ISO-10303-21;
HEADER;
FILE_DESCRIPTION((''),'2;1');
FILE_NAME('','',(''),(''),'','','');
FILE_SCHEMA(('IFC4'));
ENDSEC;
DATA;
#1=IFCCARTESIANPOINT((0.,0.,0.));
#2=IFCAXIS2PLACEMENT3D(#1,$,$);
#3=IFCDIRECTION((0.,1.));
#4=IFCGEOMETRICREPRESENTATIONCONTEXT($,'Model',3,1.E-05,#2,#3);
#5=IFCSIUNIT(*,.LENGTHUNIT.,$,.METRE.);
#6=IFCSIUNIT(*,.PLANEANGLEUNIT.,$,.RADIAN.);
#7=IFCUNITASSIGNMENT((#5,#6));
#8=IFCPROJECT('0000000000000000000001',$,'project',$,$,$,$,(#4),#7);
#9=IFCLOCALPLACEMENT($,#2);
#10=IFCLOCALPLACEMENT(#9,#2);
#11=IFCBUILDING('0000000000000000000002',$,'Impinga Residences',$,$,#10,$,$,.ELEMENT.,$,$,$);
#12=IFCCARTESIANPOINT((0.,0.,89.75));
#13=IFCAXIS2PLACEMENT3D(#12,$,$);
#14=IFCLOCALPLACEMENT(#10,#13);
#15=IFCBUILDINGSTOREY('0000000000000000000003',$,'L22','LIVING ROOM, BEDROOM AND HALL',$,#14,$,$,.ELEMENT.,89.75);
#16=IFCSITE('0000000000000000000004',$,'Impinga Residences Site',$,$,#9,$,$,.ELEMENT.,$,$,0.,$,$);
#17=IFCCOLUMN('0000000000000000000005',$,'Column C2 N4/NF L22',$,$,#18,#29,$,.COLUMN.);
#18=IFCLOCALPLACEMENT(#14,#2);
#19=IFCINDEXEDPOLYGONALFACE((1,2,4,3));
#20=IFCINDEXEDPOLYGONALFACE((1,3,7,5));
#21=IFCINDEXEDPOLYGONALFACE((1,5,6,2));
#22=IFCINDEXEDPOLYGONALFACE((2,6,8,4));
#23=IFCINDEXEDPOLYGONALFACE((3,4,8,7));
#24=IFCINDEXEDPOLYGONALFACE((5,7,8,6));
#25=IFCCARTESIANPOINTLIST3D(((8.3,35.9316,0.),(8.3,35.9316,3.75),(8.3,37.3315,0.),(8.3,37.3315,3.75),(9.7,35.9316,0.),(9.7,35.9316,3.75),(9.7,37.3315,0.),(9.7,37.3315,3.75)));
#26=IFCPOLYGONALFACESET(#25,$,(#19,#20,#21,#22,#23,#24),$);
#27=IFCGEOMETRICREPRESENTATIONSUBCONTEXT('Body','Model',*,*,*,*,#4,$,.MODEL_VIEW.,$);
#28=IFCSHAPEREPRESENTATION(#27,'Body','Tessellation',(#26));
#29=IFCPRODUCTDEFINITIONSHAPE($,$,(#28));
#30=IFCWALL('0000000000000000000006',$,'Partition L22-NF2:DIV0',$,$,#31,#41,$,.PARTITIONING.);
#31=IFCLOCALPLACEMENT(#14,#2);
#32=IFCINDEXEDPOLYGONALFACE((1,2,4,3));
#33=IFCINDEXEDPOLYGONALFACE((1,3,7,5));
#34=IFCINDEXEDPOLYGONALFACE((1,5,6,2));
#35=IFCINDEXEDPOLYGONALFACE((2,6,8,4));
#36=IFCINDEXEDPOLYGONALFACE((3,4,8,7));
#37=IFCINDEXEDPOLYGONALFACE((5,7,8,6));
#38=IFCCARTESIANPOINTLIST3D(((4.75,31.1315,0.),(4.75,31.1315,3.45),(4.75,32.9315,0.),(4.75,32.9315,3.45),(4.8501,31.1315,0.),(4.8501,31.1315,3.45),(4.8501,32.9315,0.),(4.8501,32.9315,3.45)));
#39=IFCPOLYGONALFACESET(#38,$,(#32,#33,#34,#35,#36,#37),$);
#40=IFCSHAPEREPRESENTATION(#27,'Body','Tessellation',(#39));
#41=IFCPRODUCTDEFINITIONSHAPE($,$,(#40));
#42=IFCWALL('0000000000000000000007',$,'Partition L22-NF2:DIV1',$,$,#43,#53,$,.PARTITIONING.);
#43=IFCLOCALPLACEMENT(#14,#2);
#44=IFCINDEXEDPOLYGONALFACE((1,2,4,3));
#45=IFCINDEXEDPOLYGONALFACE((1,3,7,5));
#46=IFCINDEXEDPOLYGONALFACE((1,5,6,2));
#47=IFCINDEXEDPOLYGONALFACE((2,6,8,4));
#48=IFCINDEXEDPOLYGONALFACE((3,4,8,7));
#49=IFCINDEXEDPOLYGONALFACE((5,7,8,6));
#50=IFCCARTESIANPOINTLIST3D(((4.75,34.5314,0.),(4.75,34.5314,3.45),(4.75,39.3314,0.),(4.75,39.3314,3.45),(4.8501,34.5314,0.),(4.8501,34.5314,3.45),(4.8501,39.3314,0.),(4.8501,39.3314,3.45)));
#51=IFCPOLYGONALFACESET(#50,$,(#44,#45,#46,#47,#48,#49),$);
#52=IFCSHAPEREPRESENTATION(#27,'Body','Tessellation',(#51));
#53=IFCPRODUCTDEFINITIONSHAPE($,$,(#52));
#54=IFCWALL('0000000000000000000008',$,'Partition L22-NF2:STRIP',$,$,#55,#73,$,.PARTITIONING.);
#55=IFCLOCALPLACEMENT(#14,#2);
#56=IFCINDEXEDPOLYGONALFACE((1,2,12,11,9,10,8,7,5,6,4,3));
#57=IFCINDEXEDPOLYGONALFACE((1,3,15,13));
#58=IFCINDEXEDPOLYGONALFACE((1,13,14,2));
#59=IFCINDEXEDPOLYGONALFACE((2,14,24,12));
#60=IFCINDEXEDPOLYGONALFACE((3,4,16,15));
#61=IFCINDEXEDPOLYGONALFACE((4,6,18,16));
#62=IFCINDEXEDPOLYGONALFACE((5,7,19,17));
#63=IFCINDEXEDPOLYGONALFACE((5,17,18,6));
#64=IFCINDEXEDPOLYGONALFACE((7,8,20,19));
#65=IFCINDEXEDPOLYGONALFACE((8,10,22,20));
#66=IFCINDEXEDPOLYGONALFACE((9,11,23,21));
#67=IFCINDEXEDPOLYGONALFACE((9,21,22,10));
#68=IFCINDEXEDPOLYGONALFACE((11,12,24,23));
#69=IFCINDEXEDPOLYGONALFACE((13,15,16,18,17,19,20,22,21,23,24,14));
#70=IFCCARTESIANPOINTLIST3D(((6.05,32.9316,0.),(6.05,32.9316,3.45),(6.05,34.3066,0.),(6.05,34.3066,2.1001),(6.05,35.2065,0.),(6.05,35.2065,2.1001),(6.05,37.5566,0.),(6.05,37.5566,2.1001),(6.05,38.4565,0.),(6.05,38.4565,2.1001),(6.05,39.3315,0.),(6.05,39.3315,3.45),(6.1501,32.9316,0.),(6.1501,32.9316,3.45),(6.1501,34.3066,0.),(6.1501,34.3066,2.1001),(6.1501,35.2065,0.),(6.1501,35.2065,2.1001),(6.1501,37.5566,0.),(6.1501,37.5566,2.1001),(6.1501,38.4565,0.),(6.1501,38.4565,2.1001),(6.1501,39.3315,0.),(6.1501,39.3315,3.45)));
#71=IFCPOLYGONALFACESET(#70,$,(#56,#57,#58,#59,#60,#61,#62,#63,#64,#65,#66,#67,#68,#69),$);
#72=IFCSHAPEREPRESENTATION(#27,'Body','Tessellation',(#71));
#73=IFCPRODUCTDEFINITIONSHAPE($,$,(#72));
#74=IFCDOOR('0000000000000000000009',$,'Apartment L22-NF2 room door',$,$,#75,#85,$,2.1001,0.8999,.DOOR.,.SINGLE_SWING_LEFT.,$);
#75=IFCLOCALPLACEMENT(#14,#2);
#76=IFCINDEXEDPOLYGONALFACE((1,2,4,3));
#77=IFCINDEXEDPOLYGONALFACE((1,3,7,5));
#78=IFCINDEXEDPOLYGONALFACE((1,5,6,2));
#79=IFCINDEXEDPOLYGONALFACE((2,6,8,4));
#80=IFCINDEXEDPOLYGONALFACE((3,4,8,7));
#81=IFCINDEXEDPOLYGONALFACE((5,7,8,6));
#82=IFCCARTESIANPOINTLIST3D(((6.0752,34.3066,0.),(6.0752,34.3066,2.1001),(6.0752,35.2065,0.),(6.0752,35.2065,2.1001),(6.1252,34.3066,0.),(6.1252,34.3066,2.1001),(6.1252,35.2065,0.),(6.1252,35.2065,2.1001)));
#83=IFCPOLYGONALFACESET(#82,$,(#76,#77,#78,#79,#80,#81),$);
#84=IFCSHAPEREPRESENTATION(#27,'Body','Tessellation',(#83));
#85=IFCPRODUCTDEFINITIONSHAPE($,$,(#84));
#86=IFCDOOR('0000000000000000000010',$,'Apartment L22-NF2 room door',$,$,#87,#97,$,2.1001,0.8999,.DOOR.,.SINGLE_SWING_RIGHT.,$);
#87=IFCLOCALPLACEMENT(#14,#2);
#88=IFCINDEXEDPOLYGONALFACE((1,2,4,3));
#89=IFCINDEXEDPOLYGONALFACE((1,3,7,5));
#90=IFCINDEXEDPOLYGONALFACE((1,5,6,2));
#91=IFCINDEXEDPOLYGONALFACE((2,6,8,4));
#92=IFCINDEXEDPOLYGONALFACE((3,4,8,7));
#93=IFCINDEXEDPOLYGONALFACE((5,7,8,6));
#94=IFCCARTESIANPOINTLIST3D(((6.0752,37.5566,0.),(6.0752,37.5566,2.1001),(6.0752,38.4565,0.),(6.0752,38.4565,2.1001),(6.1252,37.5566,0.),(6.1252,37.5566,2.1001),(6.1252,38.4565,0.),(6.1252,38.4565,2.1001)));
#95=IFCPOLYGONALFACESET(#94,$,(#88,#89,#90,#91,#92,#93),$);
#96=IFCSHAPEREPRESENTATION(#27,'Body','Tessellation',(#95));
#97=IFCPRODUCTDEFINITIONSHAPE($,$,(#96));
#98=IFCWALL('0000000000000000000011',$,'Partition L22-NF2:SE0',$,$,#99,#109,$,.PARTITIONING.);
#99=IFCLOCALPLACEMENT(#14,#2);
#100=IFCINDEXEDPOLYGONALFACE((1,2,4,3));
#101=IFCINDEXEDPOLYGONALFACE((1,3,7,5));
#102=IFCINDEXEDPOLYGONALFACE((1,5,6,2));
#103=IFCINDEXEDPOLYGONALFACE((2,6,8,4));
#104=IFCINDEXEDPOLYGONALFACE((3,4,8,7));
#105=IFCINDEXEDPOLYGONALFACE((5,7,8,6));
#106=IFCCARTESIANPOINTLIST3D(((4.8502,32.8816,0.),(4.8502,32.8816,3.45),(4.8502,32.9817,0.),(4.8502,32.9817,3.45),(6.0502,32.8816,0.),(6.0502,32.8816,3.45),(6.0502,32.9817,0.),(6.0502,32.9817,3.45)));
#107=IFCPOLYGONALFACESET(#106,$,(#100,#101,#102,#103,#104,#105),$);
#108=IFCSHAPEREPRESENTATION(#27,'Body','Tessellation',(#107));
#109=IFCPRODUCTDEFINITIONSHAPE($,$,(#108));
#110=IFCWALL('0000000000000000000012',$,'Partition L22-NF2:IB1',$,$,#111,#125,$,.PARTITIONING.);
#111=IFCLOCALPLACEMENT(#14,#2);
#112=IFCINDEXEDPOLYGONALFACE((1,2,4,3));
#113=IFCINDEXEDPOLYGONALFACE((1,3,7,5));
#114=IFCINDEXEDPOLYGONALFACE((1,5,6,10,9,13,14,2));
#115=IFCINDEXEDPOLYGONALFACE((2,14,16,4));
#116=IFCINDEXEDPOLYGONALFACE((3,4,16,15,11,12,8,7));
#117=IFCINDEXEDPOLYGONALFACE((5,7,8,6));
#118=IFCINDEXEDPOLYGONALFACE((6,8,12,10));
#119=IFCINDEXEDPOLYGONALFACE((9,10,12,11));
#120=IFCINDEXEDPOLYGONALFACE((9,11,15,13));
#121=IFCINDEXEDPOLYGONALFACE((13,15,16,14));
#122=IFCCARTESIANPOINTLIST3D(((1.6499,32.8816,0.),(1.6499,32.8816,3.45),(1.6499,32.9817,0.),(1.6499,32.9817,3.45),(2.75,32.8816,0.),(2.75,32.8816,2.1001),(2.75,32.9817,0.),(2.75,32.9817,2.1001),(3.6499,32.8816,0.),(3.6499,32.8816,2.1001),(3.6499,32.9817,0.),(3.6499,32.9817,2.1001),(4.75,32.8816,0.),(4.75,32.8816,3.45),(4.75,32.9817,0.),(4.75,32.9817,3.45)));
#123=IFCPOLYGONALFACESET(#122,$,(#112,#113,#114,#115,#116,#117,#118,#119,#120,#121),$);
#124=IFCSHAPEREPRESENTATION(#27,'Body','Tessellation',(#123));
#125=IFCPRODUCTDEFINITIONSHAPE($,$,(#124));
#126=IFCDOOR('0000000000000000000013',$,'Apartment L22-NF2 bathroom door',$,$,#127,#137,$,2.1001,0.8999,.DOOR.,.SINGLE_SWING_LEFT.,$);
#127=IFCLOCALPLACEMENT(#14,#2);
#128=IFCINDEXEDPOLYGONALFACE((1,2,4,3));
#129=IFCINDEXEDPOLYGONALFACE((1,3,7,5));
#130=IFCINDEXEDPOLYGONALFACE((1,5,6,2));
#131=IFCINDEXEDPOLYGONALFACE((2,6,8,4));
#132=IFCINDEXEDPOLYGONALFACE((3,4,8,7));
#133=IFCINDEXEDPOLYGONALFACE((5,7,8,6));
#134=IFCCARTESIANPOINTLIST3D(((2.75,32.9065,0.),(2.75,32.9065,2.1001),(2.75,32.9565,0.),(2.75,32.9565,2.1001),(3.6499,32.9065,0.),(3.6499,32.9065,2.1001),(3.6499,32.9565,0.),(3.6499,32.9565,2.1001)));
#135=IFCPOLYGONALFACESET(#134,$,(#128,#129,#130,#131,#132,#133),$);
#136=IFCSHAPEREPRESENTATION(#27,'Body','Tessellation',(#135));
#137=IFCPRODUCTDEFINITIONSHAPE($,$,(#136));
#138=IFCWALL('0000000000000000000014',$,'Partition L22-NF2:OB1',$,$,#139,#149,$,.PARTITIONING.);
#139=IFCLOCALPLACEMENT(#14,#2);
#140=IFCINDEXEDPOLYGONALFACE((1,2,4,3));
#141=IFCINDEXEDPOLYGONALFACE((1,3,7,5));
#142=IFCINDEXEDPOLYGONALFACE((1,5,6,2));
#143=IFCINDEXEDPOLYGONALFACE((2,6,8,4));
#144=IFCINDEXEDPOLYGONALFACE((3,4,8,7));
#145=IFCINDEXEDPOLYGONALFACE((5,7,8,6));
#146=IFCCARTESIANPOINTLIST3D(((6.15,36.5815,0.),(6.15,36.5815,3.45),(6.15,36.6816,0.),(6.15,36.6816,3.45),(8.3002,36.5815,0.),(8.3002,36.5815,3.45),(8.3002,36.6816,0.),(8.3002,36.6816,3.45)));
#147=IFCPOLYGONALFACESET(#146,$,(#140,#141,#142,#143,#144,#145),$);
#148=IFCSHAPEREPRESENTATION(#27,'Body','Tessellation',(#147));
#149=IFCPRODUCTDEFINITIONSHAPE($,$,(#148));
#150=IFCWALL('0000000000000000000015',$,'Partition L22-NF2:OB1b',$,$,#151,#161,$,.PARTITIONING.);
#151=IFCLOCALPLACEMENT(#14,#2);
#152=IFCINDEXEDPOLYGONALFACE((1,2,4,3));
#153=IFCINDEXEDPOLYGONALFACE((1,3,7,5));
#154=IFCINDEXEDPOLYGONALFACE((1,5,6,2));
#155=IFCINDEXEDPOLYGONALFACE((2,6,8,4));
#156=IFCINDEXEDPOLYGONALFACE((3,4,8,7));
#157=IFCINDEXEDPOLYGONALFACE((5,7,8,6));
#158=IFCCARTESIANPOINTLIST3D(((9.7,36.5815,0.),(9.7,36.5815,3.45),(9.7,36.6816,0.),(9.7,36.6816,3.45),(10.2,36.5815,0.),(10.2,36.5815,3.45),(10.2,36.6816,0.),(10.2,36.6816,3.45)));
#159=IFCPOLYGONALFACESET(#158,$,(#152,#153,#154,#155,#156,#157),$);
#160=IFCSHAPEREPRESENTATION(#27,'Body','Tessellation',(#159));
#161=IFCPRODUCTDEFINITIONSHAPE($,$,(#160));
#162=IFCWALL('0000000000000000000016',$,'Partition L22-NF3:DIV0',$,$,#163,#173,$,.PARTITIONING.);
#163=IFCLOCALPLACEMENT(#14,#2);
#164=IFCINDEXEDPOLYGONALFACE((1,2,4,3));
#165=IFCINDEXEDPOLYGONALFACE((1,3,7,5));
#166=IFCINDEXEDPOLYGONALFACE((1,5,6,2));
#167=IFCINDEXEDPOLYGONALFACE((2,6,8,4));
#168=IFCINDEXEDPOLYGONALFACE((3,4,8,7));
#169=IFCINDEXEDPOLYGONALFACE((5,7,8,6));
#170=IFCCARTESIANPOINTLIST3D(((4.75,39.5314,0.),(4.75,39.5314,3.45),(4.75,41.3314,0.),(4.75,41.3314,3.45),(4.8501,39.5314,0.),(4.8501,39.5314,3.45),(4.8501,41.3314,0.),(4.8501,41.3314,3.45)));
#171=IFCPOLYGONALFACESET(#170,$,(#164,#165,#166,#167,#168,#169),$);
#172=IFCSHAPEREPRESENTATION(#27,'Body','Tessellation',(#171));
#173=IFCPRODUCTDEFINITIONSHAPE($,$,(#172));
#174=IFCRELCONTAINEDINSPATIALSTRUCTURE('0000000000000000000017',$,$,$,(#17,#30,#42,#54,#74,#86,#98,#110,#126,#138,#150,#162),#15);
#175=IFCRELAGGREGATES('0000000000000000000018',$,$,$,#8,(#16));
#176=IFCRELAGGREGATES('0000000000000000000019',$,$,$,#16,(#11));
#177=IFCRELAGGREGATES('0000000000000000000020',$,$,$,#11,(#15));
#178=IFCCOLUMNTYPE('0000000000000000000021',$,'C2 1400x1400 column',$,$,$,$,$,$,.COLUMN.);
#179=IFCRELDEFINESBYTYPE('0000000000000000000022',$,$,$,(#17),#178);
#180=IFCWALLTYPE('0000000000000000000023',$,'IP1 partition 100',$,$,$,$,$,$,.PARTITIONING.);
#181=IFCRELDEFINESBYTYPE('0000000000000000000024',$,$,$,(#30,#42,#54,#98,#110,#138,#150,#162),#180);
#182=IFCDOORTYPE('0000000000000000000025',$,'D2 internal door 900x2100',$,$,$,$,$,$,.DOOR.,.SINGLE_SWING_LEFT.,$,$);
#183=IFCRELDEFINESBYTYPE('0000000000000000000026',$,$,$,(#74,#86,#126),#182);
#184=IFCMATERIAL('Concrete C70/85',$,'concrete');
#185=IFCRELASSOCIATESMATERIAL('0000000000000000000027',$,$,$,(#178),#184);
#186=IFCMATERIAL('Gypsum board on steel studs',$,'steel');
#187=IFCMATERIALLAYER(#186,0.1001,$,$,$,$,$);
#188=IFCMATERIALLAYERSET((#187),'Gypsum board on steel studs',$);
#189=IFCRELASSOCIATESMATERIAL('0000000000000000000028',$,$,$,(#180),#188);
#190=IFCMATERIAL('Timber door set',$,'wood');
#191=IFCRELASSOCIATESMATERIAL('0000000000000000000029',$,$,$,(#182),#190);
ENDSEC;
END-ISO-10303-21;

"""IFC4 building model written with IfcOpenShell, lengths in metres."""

from ifc_helpers import new_model, si_unit, direction, frame, frame_2d, origin, origin_2d, place, context, subcontext, project, spatial, rectangle, extrude, material, layer, layer_set, material_profile, profile_set, type_object, element, fill, save


model = new_model("IFC4")

# Units and contexts
model_context = context("Model", 3, precision=1e-05, world=origin(), true_north=direction((0.0, 1.0)))
body_context = subcontext(model_context, "Body", "Model", "MODEL_VIEW")
ifc_project = project(units=[si_unit("LENGTHUNIT", "METRE"), si_unit("PLANEANGLEUNIT", "RADIAN")], contexts=[model_context])

# Site, building, storey
site_placement = place(None, origin())
site = spatial("IfcSite", under=ifc_project, at=site_placement, Name="Impinga Residences Site", CompositionType="ELEMENT", RefElevation=0.0)
building_placement = place(site_placement, origin())
building = spatial("IfcBuilding", under=site, at=building_placement, Name="Impinga Residences", CompositionType="ELEMENT")
storey_placement = place(building_placement, frame((0.0, 0.0, 89.75)))
storey = spatial("IfcBuildingStorey", under=building, at=storey_placement, Name="L22", Description="LIVING ROOM, BEDROOM AND HALL", CompositionType="ELEMENT", Elevation=89.75)

# Column
ifc_material_1 = material(Name="Concrete C70/85", Category="concrete")
ifc_material_profile = material_profile(ifc_material_1, rectangle(XDim=1.3999, YDim=1.3999, at=origin_2d()), Name="RC 1400x1400")
ifc_profile_set = profile_set([ifc_material_profile], Name="Concrete C70/85")
column_type = type_object("IfcColumnType", Name="C2 1400x1400 column", PredefinedType="COLUMN", material=ifc_profile_set)
column_placement = place(storey_placement, frame((9.0, 36.6316, 0.0), z_axis=(0.0, 0.0, 1.0), x_axis=(1.0, 0.0, 0.0)))
element("IfcColumn", 1, at=column_placement, inside=storey, type_object=column_type, Name="Column C2 N4/NF L22", PredefinedType="COLUMN", context=body_context, shape_type="SweptSolid", body=[
    extrude(rectangle(XDim=1.3999, YDim=1.3999, at=origin_2d()), origin(), (0.0, 0.0, 1.0), 3.75),
])

# Walls
ifc_material_2 = material(Name="Gypsum board on steel studs", Category="steel")
ifc_layer_1 = layer(ifc_material_2, 0.1001)
ifc_layer_set_1 = layer_set([ifc_layer_1], Name="Gypsum board on steel studs")
wall_type_1 = type_object("IfcWallType", Name="IP1 partition 100", PredefinedType="PARTITIONING", material=ifc_layer_set_1)
wall_1_placement = place(storey_placement, frame((4.8, 31.1316, 0.0), z_axis=(0.0, 0.0, 1.0), x_axis=(0.0, 1.0, 0.0)))
element("IfcWall", 2, at=wall_1_placement, inside=storey, type_object=wall_type_1, Name="Partition L22-NF2:DIV0", PredefinedType="PARTITIONING", context=body_context, shape_type="SweptSolid", body=[
    extrude(rectangle(XDim=1.8, YDim=0.1001, at=frame_2d((0.8999, 0.0))), origin(), (0.0, 0.0, 1.0), 3.45),
])
wall_2_placement = place(storey_placement, frame((4.8, 34.5315, 0.0), z_axis=(0.0, 0.0, 1.0), x_axis=(0.0, 1.0, 0.0)))
element("IfcWall", 3, at=wall_2_placement, inside=storey, type_object=wall_type_1, Name="Partition L22-NF2:DIV1", PredefinedType="PARTITIONING", context=body_context, shape_type="SweptSolid", body=[
    extrude(rectangle(XDim=4.8, YDim=0.1001, at=frame_2d((2.3999, 0.0))), origin(), (0.0, 0.0, 1.0), 3.45),
])

# Wall, openings, doors
wall_3_placement = place(storey_placement, frame((6.1001, 32.9316, 0.0), z_axis=(0.0, 0.0, 1.0), x_axis=(0.0, 1.0, 0.0)))
wall_3 = element("IfcWall", 4, at=wall_3_placement, inside=storey, type_object=wall_type_1, Name="Partition L22-NF2:STRIP", PredefinedType="PARTITIONING", context=body_context, shape_type="SweptSolid", body=[
    extrude(rectangle(XDim=6.3999, YDim=0.1001, at=frame_2d((3.2, 0.0))), origin(), (0.0, 0.0, 1.0), 3.45),
])
opening_1_placement = place(wall_3_placement, frame((1.375, 0.0, 0.0)))
opening_1 = element("IfcOpeningElement", 5, at=opening_1_placement, cuts=wall_3, PredefinedType="OPENING", context=body_context, shape_type="SweptSolid", body=[
    extrude(rectangle(XDim=0.8999, YDim=2.1001, at=frame_2d((0.45, 1.05))), frame((0.0, 0.0601, 0.0), z_axis=(0.0, -1.0, 0.0), x_axis=(1.0, 0.0, 0.0)), (0.0, 0.0, 1.0), 0.1201),
])
opening_2_placement = place(wall_3_placement, frame((4.625, 0.0, 0.0)))
opening_2 = element("IfcOpeningElement", 6, at=opening_2_placement, cuts=wall_3, PredefinedType="OPENING", context=body_context, shape_type="SweptSolid", body=[
    extrude(rectangle(XDim=0.8999, YDim=2.1001, at=frame_2d((0.45, 1.05))), frame((0.0, 0.0601, 0.0), z_axis=(0.0, -1.0, 0.0), x_axis=(1.0, 0.0, 0.0)), (0.0, 0.0, 1.0), 0.1201),
])
ifc_material_3 = material(Name="Timber door set", Category="wood")
door_type = type_object("IfcDoorType", Name="D2 internal door 900x2100", OperationType="SINGLE_SWING_LEFT", PredefinedType="DOOR", material=ifc_material_3)
door_1_placement = place(opening_1_placement, origin())
door_1 = element("IfcDoor", 7, at=door_1_placement, inside=storey, type_object=door_type, Name="Apartment L22-NF2 room door", OperationType="SINGLE_SWING_LEFT", OverallHeight=2.1001, OverallWidth=0.8999, PredefinedType="DOOR", context=body_context, shape_type="SweptSolid", body=[
    extrude(rectangle(XDim=0.8999, YDim=2.1001, at=frame_2d((0.45, 1.05))), frame((0.0, 0.0249, 0.0), z_axis=(0.0, -1.0, 0.0), x_axis=(1.0, 0.0, 0.0)), (0.0, 0.0, 1.0), 0.05),
])
fill(opening_1, door_1)
door_2_placement = place(opening_2_placement, origin())
door_2 = element("IfcDoor", 8, at=door_2_placement, inside=storey, type_object=door_type, Name="Apartment L22-NF2 room door", OperationType="SINGLE_SWING_RIGHT", OverallHeight=2.1001, OverallWidth=0.8999, PredefinedType="DOOR", context=body_context, shape_type="SweptSolid", body=[
    extrude(rectangle(XDim=0.8999, YDim=2.1001, at=frame_2d((0.45, 1.05))), frame((0.0, 0.0249, 0.0), z_axis=(0.0, -1.0, 0.0), x_axis=(1.0, 0.0, 0.0)), (0.0, 0.0, 1.0), 0.05),
])
fill(opening_2, door_2)

# Wall
wall_4_placement = place(storey_placement, frame((4.8501, 32.9316, 0.0), z_axis=(0.0, 0.0, 1.0), x_axis=(1.0, 0.0, 0.0)))
element("IfcWall", 9, at=wall_4_placement, inside=storey, type_object=wall_type_1, Name="Partition L22-NF2:SE0", PredefinedType="PARTITIONING", context=body_context, shape_type="SweptSolid", body=[
    extrude(rectangle(XDim=1.2, YDim=0.1001, at=frame_2d((0.6001, 0.0))), origin(), (0.0, 0.0, 1.0), 3.45),
])

# Wall, opening, door
wall_5_placement = place(storey_placement, frame((1.6499, 32.9316, 0.0), z_axis=(0.0, 0.0, 1.0), x_axis=(1.0, 0.0, 0.0)))
wall_5 = element("IfcWall", 10, at=wall_5_placement, inside=storey, type_object=wall_type_1, Name="Partition L22-NF2:IB1", PredefinedType="PARTITIONING", context=body_context, shape_type="SweptSolid", body=[
    extrude(rectangle(XDim=3.1001, YDim=0.1001, at=frame_2d((1.55, 0.0))), origin(), (0.0, 0.0, 1.0), 3.45),
])
opening_3_placement = place(wall_5_placement, frame((1.1001, 0.0, 0.0)))
opening_3 = element("IfcOpeningElement", 11, at=opening_3_placement, cuts=wall_5, PredefinedType="OPENING", context=body_context, shape_type="SweptSolid", body=[
    extrude(rectangle(XDim=0.8999, YDim=2.1001, at=frame_2d((0.45, 1.05))), frame((0.0, 0.0601, 0.0), z_axis=(0.0, -1.0, 0.0), x_axis=(1.0, 0.0, 0.0)), (0.0, 0.0, 1.0), 0.1201),
])
door_3_placement = place(opening_3_placement, origin())
door_3 = element("IfcDoor", 12, at=door_3_placement, inside=storey, type_object=door_type, Name="Apartment L22-NF2 bathroom door", OperationType="SINGLE_SWING_LEFT", OverallHeight=2.1001, OverallWidth=0.8999, PredefinedType="DOOR", context=body_context, shape_type="SweptSolid", body=[
    extrude(rectangle(XDim=0.8999, YDim=2.1001, at=frame_2d((0.45, 1.05))), frame((0.0, 0.0249, 0.0), z_axis=(0.0, -1.0, 0.0), x_axis=(1.0, 0.0, 0.0)), (0.0, 0.0, 1.0), 0.05),
])
fill(opening_3, door_3)

# Walls
wall_6_placement = place(storey_placement, frame((6.1499, 36.6316, 0.0), z_axis=(0.0, 0.0, 1.0), x_axis=(1.0, 0.0, 0.0)))
element("IfcWall", 13, at=wall_6_placement, inside=storey, type_object=wall_type_1, Name="Partition L22-NF2:OB1", PredefinedType="PARTITIONING", context=body_context, shape_type="SweptSolid", body=[
    extrude(rectangle(XDim=2.1501, YDim=0.1001, at=frame_2d((1.0752, 0.0))), origin(), (0.0, 0.0, 1.0), 3.45),
])
wall_7_placement = place(storey_placement, frame((9.7, 36.6316, 0.0), z_axis=(0.0, 0.0, 1.0), x_axis=(1.0, 0.0, 0.0)))
element("IfcWall", 14, at=wall_7_placement, inside=storey, type_object=wall_type_1, Name="Partition L22-NF2:OB1b", PredefinedType="PARTITIONING", context=body_context, shape_type="SweptSolid", body=[
    extrude(rectangle(XDim=0.5, YDim=0.1001, at=frame_2d((0.25, 0.0))), origin(), (0.0, 0.0, 1.0), 3.45),
])
wall_8_placement = place(storey_placement, frame((4.8, 39.5315, 0.0), z_axis=(0.0, 0.0, 1.0), x_axis=(0.0, 1.0, 0.0)))
element("IfcWall", 15, at=wall_8_placement, inside=storey, type_object=wall_type_1, Name="Partition L22-NF3:DIV0", PredefinedType="PARTITIONING", context=body_context, shape_type="SweptSolid", body=[
    extrude(rectangle(XDim=1.8, YDim=0.1001, at=frame_2d((0.8999, 0.0))), origin(), (0.0, 0.0, 1.0), 3.45),
])

save(model, "model.ifc")
